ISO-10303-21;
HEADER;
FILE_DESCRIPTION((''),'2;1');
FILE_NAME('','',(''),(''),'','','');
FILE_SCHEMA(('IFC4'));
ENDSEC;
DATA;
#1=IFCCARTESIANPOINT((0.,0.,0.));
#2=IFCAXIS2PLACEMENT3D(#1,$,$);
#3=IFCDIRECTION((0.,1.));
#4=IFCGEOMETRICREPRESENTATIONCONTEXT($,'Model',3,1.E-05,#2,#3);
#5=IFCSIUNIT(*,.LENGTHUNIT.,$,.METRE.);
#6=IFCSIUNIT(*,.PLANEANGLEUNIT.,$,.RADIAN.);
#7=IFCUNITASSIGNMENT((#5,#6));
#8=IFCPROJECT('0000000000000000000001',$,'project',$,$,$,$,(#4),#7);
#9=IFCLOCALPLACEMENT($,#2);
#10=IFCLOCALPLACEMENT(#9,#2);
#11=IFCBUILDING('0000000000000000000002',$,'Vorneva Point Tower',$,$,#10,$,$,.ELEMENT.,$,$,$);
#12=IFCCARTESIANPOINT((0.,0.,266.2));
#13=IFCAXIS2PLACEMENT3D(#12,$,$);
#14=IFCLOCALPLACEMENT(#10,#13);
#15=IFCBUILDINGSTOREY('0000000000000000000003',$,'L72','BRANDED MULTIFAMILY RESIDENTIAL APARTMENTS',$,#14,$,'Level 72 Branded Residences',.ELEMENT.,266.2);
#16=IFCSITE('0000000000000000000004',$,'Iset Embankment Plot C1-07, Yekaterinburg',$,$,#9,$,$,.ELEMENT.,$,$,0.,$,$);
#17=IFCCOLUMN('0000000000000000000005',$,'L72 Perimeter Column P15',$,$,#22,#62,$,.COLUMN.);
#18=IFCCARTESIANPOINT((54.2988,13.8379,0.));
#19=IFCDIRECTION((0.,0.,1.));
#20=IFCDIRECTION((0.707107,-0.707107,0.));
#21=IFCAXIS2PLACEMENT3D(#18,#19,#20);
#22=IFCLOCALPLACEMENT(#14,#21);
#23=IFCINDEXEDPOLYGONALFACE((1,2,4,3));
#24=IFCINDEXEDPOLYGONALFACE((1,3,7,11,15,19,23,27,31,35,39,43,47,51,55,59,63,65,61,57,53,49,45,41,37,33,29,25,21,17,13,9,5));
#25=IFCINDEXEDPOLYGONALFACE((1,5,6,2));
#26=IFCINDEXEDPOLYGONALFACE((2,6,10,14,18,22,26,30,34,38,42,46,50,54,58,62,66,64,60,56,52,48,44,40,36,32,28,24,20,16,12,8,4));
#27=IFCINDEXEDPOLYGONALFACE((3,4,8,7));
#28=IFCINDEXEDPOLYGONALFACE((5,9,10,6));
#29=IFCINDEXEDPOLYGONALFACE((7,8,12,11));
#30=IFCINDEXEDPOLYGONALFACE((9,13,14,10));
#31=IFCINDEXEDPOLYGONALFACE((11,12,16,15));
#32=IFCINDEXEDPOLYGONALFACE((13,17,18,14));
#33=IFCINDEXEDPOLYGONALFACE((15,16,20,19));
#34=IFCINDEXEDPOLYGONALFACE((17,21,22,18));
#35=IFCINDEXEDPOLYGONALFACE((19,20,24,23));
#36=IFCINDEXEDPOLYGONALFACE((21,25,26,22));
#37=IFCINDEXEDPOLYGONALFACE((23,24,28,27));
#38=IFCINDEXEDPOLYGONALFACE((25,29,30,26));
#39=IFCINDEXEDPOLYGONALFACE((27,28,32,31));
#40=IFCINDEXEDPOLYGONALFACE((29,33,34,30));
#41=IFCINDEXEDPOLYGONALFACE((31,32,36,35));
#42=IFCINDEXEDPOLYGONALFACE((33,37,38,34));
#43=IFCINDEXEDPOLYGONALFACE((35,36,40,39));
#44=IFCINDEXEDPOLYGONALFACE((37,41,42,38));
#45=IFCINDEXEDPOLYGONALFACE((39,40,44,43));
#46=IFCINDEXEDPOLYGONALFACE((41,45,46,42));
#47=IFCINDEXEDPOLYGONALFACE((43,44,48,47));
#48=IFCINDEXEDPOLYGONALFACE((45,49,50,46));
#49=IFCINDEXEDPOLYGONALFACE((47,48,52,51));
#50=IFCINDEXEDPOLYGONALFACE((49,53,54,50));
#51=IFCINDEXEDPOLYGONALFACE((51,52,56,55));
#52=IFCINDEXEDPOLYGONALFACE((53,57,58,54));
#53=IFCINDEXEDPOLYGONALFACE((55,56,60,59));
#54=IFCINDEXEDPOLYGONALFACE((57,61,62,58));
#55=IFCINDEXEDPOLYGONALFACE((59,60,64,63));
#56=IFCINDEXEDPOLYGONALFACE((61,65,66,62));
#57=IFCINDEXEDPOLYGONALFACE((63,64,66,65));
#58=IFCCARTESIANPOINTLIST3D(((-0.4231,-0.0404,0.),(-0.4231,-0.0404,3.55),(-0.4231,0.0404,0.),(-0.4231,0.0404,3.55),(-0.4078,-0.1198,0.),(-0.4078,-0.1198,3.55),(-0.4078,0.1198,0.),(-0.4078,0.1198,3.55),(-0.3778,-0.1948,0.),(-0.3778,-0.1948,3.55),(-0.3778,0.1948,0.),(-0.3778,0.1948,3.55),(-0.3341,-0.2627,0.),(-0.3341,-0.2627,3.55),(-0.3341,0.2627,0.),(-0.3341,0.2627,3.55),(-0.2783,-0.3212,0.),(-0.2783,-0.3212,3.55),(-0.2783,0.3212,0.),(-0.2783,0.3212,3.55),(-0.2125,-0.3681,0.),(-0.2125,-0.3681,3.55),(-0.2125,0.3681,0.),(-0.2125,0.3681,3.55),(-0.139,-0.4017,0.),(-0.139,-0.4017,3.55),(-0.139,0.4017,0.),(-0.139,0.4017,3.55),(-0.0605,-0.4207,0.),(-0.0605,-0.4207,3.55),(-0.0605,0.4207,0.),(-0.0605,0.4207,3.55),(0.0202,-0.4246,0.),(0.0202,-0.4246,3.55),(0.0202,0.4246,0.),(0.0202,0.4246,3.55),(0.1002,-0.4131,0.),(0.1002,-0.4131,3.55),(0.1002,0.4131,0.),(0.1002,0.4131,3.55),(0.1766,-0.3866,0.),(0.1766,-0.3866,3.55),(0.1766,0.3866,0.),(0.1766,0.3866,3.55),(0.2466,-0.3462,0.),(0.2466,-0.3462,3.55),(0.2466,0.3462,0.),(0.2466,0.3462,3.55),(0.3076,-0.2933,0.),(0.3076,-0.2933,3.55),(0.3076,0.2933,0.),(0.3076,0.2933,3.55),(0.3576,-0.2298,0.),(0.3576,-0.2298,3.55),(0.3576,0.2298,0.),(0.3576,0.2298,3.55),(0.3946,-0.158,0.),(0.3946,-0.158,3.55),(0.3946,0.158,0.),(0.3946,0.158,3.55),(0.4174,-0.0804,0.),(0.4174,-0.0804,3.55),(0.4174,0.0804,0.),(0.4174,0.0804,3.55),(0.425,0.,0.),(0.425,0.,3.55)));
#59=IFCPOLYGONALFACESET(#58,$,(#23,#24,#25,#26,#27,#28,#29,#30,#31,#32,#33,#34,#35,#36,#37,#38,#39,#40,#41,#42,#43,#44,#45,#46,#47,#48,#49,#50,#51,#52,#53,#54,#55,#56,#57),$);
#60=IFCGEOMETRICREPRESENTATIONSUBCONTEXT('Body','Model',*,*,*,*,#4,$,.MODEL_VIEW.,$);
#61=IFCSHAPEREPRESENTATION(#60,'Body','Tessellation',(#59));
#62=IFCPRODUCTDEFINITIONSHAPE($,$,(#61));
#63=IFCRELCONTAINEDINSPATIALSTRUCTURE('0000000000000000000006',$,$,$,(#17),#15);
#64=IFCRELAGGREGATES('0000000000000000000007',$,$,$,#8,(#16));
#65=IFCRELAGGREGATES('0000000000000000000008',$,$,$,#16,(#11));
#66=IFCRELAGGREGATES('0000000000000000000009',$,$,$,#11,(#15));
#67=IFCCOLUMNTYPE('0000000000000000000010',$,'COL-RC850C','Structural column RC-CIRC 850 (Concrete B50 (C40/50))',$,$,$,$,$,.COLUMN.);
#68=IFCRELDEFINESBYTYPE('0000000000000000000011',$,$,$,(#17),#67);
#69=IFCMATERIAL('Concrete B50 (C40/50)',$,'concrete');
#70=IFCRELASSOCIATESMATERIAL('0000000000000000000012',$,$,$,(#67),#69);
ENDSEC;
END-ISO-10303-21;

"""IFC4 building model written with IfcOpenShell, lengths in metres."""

from ifc_helpers import new_model, si_unit, direction, frame, origin, origin_2d, place, context, subcontext, project, spatial, circle, extrude, material, material_profile, profile_set, type_object, element, save


model = new_model("IFC4")

# Units and contexts
model_context = context("Model", 3, precision=1e-05, world=origin(), true_north=direction((0.0, 1.0)))
body_context = subcontext(model_context, "Body", "Model", "MODEL_VIEW")
ifc_project = project(units=[si_unit("LENGTHUNIT", "METRE"), si_unit("PLANEANGLEUNIT", "RADIAN")], contexts=[model_context])

# Site, building, storey
site_placement = place(None, origin())
site = spatial("IfcSite", under=ifc_project, at=site_placement, Name="Iset Embankment Plot C1-07, Yekaterinburg", CompositionType="ELEMENT", RefElevation=0.0)
building_placement = place(site_placement, origin())
building = spatial("IfcBuilding", under=site, at=building_placement, Name="Vorneva Point Tower", CompositionType="ELEMENT")
storey_placement = place(building_placement, frame((0.0, 0.0, 266.2)))
storey = spatial("IfcBuildingStorey", under=building, at=storey_placement, Name="L72", Description="BRANDED MULTIFAMILY RESIDENTIAL APARTMENTS", LongName="Level 72 Branded Residences", CompositionType="ELEMENT", Elevation=266.2)

# Column
ifc_material_1 = material(Name="Concrete B50 (C40/50)", Category="concrete")
ifc_material_profile_1 = material_profile(ifc_material_1, circle(Radius=0.425, at=origin_2d()), Name="RC-CIRC 850")
ifc_profile_set_1 = profile_set([ifc_material_profile_1], Name="Concrete B50 (C40/50)")
column_type = type_object("IfcColumnType", Name="COL-RC850C", Description="Structural column RC-CIRC 850 (Concrete B50 (C40/50))", PredefinedType="COLUMN", material=ifc_profile_set_1)
for number, where, z_axis, x_axis, name in (
    (1, (54.2988, 13.8379, 0.0), (0.0, 0.0, 1.0), (0.707107, -0.707107, 0.0), "L72 Perimeter Column P15"),
):
    element("IfcColumn", number, at=place(storey_placement, frame(where, z_axis=z_axis, x_axis=x_axis)), inside=storey, type_object=column_type, Name=name, PredefinedType="COLUMN", context=body_context, shape_type="SweptSolid", body=[
        extrude(circle(Radius=0.425, at=origin_2d()), origin(), (0.0, 0.0, 1.0), 3.55),
    ])

save(model, "model.ifc")
